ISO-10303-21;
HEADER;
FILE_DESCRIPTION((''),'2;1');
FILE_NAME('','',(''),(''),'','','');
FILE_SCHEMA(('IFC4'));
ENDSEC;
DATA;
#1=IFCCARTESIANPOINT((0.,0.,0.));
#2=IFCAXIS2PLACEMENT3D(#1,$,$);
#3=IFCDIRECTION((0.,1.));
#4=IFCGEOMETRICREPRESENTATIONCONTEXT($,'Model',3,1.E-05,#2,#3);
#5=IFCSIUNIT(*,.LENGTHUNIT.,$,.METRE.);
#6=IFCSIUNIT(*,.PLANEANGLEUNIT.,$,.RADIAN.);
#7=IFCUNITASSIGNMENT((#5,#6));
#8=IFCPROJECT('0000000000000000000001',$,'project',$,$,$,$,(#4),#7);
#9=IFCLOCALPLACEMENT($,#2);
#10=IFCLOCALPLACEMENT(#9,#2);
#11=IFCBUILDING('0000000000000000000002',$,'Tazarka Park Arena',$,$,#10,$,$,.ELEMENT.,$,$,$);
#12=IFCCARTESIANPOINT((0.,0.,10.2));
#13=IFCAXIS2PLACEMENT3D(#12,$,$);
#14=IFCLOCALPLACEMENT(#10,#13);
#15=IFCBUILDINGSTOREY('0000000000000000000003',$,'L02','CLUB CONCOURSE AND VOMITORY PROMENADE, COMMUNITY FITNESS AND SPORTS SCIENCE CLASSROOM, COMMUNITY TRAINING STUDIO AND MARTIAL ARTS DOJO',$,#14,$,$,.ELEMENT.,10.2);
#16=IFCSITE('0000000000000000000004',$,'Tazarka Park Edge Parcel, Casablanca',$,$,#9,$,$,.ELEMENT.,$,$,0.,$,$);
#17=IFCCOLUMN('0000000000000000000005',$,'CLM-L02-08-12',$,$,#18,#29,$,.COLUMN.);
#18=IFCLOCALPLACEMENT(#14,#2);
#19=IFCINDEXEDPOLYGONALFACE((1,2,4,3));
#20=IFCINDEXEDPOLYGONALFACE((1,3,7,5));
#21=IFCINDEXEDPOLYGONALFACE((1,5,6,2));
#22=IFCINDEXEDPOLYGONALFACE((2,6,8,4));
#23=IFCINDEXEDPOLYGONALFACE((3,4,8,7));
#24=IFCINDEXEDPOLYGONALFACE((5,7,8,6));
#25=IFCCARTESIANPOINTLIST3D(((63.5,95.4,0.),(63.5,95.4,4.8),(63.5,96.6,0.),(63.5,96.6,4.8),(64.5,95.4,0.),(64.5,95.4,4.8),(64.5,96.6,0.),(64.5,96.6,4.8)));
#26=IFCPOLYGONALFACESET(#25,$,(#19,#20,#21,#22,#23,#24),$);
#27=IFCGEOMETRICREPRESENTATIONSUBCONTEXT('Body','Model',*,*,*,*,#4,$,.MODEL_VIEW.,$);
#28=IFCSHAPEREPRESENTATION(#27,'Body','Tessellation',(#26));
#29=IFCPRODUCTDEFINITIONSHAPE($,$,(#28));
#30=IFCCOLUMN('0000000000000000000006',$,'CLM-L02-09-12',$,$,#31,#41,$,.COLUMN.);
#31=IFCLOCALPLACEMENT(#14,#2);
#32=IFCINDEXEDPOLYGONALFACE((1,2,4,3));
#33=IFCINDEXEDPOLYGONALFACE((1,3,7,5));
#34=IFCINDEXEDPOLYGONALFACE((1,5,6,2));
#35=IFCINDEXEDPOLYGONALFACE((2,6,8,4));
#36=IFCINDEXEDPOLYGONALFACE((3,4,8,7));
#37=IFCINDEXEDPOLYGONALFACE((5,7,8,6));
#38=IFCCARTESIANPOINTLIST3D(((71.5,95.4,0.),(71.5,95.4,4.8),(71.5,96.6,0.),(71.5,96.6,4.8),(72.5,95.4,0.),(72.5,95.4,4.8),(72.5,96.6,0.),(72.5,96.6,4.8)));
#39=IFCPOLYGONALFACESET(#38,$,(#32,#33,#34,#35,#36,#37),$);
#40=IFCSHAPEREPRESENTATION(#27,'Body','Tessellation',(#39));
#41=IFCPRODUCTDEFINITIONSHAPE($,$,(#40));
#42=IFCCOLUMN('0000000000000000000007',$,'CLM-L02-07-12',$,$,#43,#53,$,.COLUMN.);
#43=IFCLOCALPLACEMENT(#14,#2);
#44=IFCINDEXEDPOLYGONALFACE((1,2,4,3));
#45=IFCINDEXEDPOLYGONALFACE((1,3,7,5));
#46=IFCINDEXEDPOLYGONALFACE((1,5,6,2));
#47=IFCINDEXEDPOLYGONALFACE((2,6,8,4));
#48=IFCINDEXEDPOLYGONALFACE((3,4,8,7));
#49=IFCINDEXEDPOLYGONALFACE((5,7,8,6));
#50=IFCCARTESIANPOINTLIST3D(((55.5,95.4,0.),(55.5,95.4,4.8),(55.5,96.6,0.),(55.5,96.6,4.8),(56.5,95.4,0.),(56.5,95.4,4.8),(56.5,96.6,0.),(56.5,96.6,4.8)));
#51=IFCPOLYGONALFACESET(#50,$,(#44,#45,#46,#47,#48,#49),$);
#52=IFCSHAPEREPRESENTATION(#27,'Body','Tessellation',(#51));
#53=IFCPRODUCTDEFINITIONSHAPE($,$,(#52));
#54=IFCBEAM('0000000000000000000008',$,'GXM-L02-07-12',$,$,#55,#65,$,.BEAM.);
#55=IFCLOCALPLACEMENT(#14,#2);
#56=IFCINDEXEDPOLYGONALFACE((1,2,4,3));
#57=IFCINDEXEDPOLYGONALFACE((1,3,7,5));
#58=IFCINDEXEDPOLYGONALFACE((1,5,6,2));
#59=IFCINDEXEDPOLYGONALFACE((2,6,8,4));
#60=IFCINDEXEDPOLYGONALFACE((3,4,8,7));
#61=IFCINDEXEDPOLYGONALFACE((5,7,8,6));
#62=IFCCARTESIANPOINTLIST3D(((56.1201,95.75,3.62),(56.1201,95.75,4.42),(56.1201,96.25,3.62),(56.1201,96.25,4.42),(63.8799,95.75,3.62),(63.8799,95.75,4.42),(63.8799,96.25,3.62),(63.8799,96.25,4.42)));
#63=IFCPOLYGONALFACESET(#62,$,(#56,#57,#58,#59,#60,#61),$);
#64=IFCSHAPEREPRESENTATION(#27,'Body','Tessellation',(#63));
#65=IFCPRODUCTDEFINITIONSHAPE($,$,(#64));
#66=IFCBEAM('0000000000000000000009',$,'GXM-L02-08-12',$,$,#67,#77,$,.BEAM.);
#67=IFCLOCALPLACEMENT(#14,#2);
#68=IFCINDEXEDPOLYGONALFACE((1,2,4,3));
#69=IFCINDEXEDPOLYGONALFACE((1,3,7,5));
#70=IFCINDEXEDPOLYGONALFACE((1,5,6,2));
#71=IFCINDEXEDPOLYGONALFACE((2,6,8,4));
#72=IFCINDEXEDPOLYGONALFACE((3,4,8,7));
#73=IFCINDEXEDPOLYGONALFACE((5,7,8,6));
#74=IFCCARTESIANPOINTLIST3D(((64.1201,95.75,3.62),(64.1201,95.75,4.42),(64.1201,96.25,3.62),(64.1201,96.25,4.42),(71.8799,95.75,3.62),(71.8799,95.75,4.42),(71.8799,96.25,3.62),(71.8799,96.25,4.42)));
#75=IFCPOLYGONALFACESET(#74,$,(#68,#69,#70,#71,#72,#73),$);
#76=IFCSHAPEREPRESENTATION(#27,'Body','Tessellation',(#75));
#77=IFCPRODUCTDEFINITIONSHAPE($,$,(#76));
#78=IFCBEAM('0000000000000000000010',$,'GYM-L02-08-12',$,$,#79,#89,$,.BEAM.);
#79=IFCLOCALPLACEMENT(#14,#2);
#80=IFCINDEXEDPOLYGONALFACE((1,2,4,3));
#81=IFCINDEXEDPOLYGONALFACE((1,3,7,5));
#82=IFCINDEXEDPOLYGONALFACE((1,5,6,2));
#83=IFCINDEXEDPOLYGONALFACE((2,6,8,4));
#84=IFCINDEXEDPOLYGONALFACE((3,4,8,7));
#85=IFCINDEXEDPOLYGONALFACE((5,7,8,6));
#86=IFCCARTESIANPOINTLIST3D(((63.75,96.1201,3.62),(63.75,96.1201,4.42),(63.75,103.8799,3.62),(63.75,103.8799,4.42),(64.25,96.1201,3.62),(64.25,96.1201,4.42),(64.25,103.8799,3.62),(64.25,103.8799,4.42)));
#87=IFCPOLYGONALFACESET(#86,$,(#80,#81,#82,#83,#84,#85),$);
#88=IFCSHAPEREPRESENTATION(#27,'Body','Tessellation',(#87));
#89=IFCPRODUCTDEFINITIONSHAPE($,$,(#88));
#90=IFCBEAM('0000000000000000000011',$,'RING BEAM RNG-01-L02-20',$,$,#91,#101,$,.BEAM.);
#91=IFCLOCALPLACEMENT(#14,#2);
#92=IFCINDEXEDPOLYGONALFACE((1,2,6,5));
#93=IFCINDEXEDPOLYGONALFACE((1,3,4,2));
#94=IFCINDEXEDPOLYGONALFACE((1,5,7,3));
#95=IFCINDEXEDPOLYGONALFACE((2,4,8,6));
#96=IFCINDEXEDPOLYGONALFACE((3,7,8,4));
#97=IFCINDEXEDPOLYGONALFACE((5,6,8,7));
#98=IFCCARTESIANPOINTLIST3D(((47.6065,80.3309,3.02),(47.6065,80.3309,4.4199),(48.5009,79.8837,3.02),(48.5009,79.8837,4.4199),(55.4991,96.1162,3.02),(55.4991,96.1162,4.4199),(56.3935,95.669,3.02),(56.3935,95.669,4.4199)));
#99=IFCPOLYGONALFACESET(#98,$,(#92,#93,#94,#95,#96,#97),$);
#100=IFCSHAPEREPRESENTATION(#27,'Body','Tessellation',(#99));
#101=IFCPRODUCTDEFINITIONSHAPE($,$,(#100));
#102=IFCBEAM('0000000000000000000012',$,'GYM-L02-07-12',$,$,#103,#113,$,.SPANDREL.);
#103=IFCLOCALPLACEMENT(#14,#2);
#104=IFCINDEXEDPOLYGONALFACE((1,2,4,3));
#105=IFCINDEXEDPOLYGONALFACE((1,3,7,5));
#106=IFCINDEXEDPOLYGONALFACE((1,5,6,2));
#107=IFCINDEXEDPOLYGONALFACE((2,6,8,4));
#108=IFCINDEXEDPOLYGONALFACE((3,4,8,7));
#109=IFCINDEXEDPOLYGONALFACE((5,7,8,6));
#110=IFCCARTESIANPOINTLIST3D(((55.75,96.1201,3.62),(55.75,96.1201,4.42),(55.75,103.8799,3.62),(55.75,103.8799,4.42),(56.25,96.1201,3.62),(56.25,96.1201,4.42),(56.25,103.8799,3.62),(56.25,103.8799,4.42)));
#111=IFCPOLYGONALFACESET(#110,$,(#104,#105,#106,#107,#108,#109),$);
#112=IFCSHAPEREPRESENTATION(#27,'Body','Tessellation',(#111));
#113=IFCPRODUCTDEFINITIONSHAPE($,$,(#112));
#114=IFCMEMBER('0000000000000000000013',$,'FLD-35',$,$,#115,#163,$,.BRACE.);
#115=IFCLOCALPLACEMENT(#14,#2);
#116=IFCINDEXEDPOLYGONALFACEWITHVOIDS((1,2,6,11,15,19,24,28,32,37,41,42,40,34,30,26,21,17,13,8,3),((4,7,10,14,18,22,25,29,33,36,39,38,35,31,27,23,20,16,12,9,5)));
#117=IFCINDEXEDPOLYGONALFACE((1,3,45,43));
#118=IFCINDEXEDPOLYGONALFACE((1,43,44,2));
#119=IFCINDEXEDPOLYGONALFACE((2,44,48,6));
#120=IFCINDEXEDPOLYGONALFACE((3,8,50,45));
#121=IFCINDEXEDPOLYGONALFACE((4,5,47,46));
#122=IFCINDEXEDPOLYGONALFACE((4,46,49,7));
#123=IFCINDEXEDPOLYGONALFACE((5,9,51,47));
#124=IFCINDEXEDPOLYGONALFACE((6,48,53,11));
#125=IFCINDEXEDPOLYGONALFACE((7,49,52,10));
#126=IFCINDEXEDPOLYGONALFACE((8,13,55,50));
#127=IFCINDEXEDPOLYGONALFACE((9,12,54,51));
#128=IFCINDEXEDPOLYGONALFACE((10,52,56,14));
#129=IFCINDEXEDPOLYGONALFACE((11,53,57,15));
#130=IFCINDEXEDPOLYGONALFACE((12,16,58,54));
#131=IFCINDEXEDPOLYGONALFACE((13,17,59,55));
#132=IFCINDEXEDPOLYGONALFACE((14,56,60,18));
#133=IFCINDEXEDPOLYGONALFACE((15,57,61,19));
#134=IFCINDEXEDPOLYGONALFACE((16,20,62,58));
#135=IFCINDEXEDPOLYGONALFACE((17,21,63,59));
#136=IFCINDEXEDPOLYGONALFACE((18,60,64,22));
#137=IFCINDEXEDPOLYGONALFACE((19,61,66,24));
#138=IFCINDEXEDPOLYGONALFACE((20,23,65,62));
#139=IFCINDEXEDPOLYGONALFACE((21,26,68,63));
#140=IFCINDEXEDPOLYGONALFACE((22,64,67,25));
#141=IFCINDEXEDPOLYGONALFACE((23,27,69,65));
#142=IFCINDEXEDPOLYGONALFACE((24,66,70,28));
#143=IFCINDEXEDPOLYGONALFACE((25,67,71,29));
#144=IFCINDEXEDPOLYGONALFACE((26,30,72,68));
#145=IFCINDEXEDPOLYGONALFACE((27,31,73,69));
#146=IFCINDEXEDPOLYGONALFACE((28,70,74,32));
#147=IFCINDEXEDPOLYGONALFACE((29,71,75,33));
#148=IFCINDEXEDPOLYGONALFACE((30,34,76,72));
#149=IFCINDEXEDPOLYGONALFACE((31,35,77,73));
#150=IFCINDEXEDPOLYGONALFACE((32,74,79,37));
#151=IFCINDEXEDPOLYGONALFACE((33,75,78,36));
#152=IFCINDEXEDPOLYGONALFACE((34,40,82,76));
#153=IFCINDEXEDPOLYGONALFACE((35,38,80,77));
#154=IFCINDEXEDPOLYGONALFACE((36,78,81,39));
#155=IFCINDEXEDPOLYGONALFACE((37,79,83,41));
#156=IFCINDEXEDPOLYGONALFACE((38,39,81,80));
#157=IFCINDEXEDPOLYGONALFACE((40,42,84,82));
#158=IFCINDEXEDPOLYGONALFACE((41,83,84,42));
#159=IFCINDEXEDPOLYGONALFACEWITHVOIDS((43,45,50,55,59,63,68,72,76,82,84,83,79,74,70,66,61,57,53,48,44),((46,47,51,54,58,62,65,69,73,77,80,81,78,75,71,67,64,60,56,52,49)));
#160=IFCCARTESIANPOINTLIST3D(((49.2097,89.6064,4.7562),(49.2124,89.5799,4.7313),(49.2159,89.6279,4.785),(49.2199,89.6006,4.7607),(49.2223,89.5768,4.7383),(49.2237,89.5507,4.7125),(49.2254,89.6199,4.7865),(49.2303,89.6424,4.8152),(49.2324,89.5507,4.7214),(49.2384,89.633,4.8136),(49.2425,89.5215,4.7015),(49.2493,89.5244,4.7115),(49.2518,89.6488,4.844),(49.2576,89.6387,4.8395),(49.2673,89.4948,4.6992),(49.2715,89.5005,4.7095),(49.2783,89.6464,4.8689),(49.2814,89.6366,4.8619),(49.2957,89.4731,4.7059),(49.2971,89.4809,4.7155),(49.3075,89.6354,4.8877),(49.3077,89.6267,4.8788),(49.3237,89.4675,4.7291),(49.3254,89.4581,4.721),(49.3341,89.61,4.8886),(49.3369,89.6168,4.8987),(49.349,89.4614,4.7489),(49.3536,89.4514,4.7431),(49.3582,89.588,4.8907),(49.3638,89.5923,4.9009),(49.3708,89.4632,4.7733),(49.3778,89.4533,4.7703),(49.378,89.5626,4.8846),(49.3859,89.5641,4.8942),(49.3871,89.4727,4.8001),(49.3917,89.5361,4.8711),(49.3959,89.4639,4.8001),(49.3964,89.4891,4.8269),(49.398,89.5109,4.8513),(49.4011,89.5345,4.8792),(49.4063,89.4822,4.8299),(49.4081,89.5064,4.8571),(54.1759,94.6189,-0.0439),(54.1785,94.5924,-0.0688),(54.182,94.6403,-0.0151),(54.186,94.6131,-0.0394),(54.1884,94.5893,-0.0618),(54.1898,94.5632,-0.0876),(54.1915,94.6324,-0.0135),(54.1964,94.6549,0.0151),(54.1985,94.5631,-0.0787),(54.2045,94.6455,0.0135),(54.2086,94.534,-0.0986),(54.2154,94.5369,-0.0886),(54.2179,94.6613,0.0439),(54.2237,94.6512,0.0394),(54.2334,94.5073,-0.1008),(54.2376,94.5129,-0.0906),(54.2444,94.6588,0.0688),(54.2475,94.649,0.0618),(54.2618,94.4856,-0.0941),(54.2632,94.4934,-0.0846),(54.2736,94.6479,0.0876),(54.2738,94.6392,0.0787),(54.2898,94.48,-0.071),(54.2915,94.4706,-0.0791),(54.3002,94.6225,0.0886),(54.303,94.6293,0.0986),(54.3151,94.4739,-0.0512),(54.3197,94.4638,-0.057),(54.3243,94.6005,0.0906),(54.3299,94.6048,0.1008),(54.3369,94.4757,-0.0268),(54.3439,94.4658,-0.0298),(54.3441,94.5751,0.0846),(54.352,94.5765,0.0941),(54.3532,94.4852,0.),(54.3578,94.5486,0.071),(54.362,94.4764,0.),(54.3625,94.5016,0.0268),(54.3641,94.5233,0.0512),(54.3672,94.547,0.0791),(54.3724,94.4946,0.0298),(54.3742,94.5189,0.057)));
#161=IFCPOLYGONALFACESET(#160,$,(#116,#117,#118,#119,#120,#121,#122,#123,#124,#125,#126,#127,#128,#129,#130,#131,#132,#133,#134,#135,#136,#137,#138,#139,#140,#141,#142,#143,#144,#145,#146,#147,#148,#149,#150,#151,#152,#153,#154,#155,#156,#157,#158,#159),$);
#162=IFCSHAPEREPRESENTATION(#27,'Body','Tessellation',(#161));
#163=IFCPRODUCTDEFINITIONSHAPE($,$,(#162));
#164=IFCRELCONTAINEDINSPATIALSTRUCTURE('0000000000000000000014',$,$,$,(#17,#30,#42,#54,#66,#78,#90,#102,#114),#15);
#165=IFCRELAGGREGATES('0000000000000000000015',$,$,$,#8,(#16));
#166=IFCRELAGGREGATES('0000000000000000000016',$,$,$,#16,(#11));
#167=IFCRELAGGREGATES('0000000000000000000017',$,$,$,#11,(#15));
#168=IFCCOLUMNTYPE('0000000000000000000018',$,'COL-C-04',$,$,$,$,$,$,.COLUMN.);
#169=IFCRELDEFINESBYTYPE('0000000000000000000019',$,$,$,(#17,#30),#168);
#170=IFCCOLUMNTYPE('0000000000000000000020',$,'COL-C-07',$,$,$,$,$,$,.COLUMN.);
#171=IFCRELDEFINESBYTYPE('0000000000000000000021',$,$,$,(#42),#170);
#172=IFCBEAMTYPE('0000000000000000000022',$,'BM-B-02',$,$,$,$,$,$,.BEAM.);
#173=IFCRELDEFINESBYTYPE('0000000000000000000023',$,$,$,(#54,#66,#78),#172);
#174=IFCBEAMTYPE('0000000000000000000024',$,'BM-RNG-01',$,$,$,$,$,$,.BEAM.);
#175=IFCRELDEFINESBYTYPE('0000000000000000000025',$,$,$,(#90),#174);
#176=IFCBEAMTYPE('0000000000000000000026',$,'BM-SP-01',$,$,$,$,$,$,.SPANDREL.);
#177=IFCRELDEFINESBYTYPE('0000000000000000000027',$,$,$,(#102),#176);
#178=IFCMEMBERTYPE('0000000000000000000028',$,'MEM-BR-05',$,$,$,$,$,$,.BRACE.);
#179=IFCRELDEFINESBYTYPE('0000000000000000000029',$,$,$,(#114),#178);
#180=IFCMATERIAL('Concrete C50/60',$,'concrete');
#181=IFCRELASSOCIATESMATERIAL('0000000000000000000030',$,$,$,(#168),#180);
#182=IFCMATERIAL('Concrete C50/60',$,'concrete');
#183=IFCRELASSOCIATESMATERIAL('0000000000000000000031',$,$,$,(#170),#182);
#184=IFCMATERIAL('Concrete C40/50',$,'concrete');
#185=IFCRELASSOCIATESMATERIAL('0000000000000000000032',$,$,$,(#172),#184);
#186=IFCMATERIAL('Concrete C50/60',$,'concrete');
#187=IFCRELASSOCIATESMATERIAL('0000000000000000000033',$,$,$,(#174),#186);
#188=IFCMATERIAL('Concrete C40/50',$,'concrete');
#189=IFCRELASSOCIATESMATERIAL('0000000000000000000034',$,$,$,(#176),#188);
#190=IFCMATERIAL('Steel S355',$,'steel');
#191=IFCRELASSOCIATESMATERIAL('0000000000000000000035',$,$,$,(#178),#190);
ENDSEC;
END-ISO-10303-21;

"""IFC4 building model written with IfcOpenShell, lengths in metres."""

from ifc_helpers import new_model, si_unit, direction, frame, origin, origin_2d, place, context, subcontext, project, spatial, rectangle, hollow_circle, extrude, material, material_profile, profile_set, type_object, element, save


model = new_model("IFC4")

# Units and contexts
model_context = context("Model", 3, precision=1e-05, world=origin(), true_north=direction((0.0, 1.0)))
body_context = subcontext(model_context, "Body", "Model", "MODEL_VIEW")
ifc_project = project(units=[si_unit("LENGTHUNIT", "METRE"), si_unit("PLANEANGLEUNIT", "RADIAN")], contexts=[model_context])

# Site, building, storey
site_placement = place(None, origin())
site = spatial("IfcSite", under=ifc_project, at=site_placement, Name="Tazarka Park Edge Parcel, Casablanca", CompositionType="ELEMENT", RefElevation=0.0)
building_placement = place(site_placement, origin())
building = spatial("IfcBuilding", under=site, at=building_placement, Name="Tazarka Park Arena", CompositionType="ELEMENT")
storey_placement = place(building_placement, frame((0.0, 0.0, 10.2)))
storey = spatial("IfcBuildingStorey", under=building, at=storey_placement, Name="L02", Description="CLUB CONCOURSE AND VOMITORY PROMENADE, COMMUNITY FITNESS AND SPORTS SCIENCE CLASSROOM, COMMUNITY TRAINING STUDIO AND MARTIAL ARTS DOJO", CompositionType="ELEMENT", Elevation=10.2)

# Columns
ifc_material_1 = material(Name="Concrete C50/60", Category="concrete")
ifc_material_profile_1 = material_profile(ifc_material_1, rectangle(XDim=1.0, YDim=1.2, at=origin_2d()), Name="Concrete C50/60")
ifc_profile_set_1 = profile_set([ifc_material_profile_1], Name="Concrete C50/60")
column_type_1 = type_object("IfcColumnType", Name="COL-C-04", PredefinedType="COLUMN", material=ifc_profile_set_1)
for number, where, z_axis, x_axis, name in (
    (1, (64.0, 96.0, 0.0), (0.0, 0.0, 1.0), (1.0, 0.0, 0.0), "CLM-L02-08-12"),
    (2, (72.0, 96.0, 0.0), (0.0, 0.0, 1.0), (1.0, 0.0, 0.0), "CLM-L02-09-12"),
):
    element("IfcColumn", number, at=place(storey_placement, frame(where, z_axis=z_axis, x_axis=x_axis)), inside=storey, type_object=column_type_1, Name=name, PredefinedType="COLUMN", context=body_context, shape_type="SweptSolid", body=[
        extrude(rectangle(XDim=1.0, YDim=1.2, at=origin_2d()), origin(), (0.0, 0.0, 1.0), 4.8),
    ])
ifc_material_2 = material(Name="Concrete C50/60", Category="concrete")
ifc_material_profile_2 = material_profile(ifc_material_2, rectangle(XDim=1.0, YDim=1.2, at=origin_2d()), Name="Concrete C50/60")
ifc_profile_set_2 = profile_set([ifc_material_profile_2], Name="Concrete C50/60")
column_type_2 = type_object("IfcColumnType", Name="COL-C-07", PredefinedType="COLUMN", material=ifc_profile_set_2)
column_placement = place(storey_placement, frame((56.0, 96.0, 0.0), z_axis=(0.0, 0.0, 1.0), x_axis=(1.0, 0.0, 0.0)))
element("IfcColumn", 3, at=column_placement, inside=storey, type_object=column_type_2, Name="CLM-L02-07-12", PredefinedType="COLUMN", context=body_context, shape_type="SweptSolid", body=[
    extrude(rectangle(XDim=1.0, YDim=1.2, at=origin_2d()), origin(), (0.0, 0.0, 1.0), 4.8),
])

# Beams
ifc_material_3 = material(Name="Concrete C40/50", Category="concrete")
ifc_material_profile_3 = material_profile(ifc_material_3, rectangle(XDim=0.5, YDim=0.8, at=origin_2d()), Name="Concrete C40/50")
ifc_profile_set_3 = profile_set([ifc_material_profile_3], Name="Concrete C40/50")
beam_type_1 = type_object("IfcBeamType", Name="BM-B-02", PredefinedType="BEAM", material=ifc_profile_set_3)
for number, where, z_axis, x_axis, name in (
    (4, (56.1201, 96.0, 4.02), (1.0, 0.0, 0.0), (0.0, 1.0, 0.0), "GXM-L02-07-12"),
    (5, (64.1201, 96.0, 4.02), (1.0, 0.0, 0.0), (0.0, 1.0, 0.0), "GXM-L02-08-12"),
    (6, (64.0, 96.1201, 4.02), (0.0, 1.0, 0.0), (-1.0, 0.0, 0.0), "GYM-L02-08-12"),
):
    element("IfcBeam", number, at=place(storey_placement, frame(where, z_axis=z_axis, x_axis=x_axis)), inside=storey, type_object=beam_type_1, Name=name, PredefinedType="BEAM", context=body_context, shape_type="SweptSolid", body=[
        extrude(rectangle(XDim=0.5, YDim=0.8, at=origin_2d()), origin(), (0.0, 0.0, 1.0), 7.7598),
    ])
ifc_material_4 = material(Name="Concrete C50/60", Category="concrete")
ifc_material_profile_4 = material_profile(ifc_material_4, rectangle(XDim=1.0, YDim=1.3999, at=origin_2d()), Name="Concrete C50/60")
ifc_profile_set_4 = profile_set([ifc_material_profile_4], Name="Concrete C50/60")
beam_type_2 = type_object("IfcBeamType", Name="BM-RNG-01", PredefinedType="BEAM", material=ifc_profile_set_4)
beam_1_placement = place(storey_placement, frame((55.9463, 95.8926, 3.72), z_axis=(-0.447214, -0.894427, 0.0), x_axis=(0.894427, -0.447214, 0.0)))
element("IfcBeam", 7, at=beam_1_placement, inside=storey, type_object=beam_type_2, Name="RING BEAM RNG-01-L02-20", PredefinedType="BEAM", context=body_context, shape_type="SweptSolid", body=[
    extrude(rectangle(XDim=1.0, YDim=1.3999, at=origin_2d()), origin(), (0.0, 0.0, 1.0), 17.6484),
])
ifc_material_5 = material(Name="Concrete C40/50", Category="concrete")
ifc_material_profile_5 = material_profile(ifc_material_5, rectangle(XDim=0.5, YDim=0.8, at=origin_2d()), Name="Concrete C40/50")
ifc_profile_set_5 = profile_set([ifc_material_profile_5], Name="Concrete C40/50")
beam_type_3 = type_object("IfcBeamType", Name="BM-SP-01", PredefinedType="SPANDREL", material=ifc_profile_set_5)
beam_2_placement = place(storey_placement, frame((56.0, 96.1201, 4.02), z_axis=(0.0, 1.0, 0.0), x_axis=(-1.0, 0.0, 0.0)))
element("IfcBeam", 8, at=beam_2_placement, inside=storey, type_object=beam_type_3, Name="GYM-L02-07-12", PredefinedType="SPANDREL", context=body_context, shape_type="SweptSolid", body=[
    extrude(rectangle(XDim=0.5, YDim=0.8, at=origin_2d()), origin(), (0.0, 0.0, 1.0), 7.7598),
])

# Member
ifc_material_6 = material(Name="Steel S355", Category="steel")
ifc_material_profile_6 = material_profile(ifc_material_6, hollow_circle(Radius=0.1223, WallThickness=0.0125, at=origin_2d()), Name="Steel S355")
ifc_profile_set_6 = profile_set([ifc_material_profile_6], Name="Steel S355")
member_type_1 = type_object("IfcMemberType", Name="MEM-BR-05", PredefinedType="BRACE", material=ifc_profile_set_6)
member_1_placement = place(storey_placement, frame((54.2751, 94.5625, 0.0), z_axis=(-0.581924, -0.58736, 0.56247), x_axis=(0.710386, -0.703812, 0.0)))
element("IfcMember", 9, at=member_1_placement, inside=storey, type_object=member_type_1, Name="FLD-35", PredefinedType="BRACE", context=body_context, shape_type="SweptSolid", body=[
    extrude(hollow_circle(Radius=0.1223, WallThickness=0.0125, at=origin_2d()), origin(), (0.0, 0.0, 1.0), 8.5339),
])

save(model, "model.ifc")
